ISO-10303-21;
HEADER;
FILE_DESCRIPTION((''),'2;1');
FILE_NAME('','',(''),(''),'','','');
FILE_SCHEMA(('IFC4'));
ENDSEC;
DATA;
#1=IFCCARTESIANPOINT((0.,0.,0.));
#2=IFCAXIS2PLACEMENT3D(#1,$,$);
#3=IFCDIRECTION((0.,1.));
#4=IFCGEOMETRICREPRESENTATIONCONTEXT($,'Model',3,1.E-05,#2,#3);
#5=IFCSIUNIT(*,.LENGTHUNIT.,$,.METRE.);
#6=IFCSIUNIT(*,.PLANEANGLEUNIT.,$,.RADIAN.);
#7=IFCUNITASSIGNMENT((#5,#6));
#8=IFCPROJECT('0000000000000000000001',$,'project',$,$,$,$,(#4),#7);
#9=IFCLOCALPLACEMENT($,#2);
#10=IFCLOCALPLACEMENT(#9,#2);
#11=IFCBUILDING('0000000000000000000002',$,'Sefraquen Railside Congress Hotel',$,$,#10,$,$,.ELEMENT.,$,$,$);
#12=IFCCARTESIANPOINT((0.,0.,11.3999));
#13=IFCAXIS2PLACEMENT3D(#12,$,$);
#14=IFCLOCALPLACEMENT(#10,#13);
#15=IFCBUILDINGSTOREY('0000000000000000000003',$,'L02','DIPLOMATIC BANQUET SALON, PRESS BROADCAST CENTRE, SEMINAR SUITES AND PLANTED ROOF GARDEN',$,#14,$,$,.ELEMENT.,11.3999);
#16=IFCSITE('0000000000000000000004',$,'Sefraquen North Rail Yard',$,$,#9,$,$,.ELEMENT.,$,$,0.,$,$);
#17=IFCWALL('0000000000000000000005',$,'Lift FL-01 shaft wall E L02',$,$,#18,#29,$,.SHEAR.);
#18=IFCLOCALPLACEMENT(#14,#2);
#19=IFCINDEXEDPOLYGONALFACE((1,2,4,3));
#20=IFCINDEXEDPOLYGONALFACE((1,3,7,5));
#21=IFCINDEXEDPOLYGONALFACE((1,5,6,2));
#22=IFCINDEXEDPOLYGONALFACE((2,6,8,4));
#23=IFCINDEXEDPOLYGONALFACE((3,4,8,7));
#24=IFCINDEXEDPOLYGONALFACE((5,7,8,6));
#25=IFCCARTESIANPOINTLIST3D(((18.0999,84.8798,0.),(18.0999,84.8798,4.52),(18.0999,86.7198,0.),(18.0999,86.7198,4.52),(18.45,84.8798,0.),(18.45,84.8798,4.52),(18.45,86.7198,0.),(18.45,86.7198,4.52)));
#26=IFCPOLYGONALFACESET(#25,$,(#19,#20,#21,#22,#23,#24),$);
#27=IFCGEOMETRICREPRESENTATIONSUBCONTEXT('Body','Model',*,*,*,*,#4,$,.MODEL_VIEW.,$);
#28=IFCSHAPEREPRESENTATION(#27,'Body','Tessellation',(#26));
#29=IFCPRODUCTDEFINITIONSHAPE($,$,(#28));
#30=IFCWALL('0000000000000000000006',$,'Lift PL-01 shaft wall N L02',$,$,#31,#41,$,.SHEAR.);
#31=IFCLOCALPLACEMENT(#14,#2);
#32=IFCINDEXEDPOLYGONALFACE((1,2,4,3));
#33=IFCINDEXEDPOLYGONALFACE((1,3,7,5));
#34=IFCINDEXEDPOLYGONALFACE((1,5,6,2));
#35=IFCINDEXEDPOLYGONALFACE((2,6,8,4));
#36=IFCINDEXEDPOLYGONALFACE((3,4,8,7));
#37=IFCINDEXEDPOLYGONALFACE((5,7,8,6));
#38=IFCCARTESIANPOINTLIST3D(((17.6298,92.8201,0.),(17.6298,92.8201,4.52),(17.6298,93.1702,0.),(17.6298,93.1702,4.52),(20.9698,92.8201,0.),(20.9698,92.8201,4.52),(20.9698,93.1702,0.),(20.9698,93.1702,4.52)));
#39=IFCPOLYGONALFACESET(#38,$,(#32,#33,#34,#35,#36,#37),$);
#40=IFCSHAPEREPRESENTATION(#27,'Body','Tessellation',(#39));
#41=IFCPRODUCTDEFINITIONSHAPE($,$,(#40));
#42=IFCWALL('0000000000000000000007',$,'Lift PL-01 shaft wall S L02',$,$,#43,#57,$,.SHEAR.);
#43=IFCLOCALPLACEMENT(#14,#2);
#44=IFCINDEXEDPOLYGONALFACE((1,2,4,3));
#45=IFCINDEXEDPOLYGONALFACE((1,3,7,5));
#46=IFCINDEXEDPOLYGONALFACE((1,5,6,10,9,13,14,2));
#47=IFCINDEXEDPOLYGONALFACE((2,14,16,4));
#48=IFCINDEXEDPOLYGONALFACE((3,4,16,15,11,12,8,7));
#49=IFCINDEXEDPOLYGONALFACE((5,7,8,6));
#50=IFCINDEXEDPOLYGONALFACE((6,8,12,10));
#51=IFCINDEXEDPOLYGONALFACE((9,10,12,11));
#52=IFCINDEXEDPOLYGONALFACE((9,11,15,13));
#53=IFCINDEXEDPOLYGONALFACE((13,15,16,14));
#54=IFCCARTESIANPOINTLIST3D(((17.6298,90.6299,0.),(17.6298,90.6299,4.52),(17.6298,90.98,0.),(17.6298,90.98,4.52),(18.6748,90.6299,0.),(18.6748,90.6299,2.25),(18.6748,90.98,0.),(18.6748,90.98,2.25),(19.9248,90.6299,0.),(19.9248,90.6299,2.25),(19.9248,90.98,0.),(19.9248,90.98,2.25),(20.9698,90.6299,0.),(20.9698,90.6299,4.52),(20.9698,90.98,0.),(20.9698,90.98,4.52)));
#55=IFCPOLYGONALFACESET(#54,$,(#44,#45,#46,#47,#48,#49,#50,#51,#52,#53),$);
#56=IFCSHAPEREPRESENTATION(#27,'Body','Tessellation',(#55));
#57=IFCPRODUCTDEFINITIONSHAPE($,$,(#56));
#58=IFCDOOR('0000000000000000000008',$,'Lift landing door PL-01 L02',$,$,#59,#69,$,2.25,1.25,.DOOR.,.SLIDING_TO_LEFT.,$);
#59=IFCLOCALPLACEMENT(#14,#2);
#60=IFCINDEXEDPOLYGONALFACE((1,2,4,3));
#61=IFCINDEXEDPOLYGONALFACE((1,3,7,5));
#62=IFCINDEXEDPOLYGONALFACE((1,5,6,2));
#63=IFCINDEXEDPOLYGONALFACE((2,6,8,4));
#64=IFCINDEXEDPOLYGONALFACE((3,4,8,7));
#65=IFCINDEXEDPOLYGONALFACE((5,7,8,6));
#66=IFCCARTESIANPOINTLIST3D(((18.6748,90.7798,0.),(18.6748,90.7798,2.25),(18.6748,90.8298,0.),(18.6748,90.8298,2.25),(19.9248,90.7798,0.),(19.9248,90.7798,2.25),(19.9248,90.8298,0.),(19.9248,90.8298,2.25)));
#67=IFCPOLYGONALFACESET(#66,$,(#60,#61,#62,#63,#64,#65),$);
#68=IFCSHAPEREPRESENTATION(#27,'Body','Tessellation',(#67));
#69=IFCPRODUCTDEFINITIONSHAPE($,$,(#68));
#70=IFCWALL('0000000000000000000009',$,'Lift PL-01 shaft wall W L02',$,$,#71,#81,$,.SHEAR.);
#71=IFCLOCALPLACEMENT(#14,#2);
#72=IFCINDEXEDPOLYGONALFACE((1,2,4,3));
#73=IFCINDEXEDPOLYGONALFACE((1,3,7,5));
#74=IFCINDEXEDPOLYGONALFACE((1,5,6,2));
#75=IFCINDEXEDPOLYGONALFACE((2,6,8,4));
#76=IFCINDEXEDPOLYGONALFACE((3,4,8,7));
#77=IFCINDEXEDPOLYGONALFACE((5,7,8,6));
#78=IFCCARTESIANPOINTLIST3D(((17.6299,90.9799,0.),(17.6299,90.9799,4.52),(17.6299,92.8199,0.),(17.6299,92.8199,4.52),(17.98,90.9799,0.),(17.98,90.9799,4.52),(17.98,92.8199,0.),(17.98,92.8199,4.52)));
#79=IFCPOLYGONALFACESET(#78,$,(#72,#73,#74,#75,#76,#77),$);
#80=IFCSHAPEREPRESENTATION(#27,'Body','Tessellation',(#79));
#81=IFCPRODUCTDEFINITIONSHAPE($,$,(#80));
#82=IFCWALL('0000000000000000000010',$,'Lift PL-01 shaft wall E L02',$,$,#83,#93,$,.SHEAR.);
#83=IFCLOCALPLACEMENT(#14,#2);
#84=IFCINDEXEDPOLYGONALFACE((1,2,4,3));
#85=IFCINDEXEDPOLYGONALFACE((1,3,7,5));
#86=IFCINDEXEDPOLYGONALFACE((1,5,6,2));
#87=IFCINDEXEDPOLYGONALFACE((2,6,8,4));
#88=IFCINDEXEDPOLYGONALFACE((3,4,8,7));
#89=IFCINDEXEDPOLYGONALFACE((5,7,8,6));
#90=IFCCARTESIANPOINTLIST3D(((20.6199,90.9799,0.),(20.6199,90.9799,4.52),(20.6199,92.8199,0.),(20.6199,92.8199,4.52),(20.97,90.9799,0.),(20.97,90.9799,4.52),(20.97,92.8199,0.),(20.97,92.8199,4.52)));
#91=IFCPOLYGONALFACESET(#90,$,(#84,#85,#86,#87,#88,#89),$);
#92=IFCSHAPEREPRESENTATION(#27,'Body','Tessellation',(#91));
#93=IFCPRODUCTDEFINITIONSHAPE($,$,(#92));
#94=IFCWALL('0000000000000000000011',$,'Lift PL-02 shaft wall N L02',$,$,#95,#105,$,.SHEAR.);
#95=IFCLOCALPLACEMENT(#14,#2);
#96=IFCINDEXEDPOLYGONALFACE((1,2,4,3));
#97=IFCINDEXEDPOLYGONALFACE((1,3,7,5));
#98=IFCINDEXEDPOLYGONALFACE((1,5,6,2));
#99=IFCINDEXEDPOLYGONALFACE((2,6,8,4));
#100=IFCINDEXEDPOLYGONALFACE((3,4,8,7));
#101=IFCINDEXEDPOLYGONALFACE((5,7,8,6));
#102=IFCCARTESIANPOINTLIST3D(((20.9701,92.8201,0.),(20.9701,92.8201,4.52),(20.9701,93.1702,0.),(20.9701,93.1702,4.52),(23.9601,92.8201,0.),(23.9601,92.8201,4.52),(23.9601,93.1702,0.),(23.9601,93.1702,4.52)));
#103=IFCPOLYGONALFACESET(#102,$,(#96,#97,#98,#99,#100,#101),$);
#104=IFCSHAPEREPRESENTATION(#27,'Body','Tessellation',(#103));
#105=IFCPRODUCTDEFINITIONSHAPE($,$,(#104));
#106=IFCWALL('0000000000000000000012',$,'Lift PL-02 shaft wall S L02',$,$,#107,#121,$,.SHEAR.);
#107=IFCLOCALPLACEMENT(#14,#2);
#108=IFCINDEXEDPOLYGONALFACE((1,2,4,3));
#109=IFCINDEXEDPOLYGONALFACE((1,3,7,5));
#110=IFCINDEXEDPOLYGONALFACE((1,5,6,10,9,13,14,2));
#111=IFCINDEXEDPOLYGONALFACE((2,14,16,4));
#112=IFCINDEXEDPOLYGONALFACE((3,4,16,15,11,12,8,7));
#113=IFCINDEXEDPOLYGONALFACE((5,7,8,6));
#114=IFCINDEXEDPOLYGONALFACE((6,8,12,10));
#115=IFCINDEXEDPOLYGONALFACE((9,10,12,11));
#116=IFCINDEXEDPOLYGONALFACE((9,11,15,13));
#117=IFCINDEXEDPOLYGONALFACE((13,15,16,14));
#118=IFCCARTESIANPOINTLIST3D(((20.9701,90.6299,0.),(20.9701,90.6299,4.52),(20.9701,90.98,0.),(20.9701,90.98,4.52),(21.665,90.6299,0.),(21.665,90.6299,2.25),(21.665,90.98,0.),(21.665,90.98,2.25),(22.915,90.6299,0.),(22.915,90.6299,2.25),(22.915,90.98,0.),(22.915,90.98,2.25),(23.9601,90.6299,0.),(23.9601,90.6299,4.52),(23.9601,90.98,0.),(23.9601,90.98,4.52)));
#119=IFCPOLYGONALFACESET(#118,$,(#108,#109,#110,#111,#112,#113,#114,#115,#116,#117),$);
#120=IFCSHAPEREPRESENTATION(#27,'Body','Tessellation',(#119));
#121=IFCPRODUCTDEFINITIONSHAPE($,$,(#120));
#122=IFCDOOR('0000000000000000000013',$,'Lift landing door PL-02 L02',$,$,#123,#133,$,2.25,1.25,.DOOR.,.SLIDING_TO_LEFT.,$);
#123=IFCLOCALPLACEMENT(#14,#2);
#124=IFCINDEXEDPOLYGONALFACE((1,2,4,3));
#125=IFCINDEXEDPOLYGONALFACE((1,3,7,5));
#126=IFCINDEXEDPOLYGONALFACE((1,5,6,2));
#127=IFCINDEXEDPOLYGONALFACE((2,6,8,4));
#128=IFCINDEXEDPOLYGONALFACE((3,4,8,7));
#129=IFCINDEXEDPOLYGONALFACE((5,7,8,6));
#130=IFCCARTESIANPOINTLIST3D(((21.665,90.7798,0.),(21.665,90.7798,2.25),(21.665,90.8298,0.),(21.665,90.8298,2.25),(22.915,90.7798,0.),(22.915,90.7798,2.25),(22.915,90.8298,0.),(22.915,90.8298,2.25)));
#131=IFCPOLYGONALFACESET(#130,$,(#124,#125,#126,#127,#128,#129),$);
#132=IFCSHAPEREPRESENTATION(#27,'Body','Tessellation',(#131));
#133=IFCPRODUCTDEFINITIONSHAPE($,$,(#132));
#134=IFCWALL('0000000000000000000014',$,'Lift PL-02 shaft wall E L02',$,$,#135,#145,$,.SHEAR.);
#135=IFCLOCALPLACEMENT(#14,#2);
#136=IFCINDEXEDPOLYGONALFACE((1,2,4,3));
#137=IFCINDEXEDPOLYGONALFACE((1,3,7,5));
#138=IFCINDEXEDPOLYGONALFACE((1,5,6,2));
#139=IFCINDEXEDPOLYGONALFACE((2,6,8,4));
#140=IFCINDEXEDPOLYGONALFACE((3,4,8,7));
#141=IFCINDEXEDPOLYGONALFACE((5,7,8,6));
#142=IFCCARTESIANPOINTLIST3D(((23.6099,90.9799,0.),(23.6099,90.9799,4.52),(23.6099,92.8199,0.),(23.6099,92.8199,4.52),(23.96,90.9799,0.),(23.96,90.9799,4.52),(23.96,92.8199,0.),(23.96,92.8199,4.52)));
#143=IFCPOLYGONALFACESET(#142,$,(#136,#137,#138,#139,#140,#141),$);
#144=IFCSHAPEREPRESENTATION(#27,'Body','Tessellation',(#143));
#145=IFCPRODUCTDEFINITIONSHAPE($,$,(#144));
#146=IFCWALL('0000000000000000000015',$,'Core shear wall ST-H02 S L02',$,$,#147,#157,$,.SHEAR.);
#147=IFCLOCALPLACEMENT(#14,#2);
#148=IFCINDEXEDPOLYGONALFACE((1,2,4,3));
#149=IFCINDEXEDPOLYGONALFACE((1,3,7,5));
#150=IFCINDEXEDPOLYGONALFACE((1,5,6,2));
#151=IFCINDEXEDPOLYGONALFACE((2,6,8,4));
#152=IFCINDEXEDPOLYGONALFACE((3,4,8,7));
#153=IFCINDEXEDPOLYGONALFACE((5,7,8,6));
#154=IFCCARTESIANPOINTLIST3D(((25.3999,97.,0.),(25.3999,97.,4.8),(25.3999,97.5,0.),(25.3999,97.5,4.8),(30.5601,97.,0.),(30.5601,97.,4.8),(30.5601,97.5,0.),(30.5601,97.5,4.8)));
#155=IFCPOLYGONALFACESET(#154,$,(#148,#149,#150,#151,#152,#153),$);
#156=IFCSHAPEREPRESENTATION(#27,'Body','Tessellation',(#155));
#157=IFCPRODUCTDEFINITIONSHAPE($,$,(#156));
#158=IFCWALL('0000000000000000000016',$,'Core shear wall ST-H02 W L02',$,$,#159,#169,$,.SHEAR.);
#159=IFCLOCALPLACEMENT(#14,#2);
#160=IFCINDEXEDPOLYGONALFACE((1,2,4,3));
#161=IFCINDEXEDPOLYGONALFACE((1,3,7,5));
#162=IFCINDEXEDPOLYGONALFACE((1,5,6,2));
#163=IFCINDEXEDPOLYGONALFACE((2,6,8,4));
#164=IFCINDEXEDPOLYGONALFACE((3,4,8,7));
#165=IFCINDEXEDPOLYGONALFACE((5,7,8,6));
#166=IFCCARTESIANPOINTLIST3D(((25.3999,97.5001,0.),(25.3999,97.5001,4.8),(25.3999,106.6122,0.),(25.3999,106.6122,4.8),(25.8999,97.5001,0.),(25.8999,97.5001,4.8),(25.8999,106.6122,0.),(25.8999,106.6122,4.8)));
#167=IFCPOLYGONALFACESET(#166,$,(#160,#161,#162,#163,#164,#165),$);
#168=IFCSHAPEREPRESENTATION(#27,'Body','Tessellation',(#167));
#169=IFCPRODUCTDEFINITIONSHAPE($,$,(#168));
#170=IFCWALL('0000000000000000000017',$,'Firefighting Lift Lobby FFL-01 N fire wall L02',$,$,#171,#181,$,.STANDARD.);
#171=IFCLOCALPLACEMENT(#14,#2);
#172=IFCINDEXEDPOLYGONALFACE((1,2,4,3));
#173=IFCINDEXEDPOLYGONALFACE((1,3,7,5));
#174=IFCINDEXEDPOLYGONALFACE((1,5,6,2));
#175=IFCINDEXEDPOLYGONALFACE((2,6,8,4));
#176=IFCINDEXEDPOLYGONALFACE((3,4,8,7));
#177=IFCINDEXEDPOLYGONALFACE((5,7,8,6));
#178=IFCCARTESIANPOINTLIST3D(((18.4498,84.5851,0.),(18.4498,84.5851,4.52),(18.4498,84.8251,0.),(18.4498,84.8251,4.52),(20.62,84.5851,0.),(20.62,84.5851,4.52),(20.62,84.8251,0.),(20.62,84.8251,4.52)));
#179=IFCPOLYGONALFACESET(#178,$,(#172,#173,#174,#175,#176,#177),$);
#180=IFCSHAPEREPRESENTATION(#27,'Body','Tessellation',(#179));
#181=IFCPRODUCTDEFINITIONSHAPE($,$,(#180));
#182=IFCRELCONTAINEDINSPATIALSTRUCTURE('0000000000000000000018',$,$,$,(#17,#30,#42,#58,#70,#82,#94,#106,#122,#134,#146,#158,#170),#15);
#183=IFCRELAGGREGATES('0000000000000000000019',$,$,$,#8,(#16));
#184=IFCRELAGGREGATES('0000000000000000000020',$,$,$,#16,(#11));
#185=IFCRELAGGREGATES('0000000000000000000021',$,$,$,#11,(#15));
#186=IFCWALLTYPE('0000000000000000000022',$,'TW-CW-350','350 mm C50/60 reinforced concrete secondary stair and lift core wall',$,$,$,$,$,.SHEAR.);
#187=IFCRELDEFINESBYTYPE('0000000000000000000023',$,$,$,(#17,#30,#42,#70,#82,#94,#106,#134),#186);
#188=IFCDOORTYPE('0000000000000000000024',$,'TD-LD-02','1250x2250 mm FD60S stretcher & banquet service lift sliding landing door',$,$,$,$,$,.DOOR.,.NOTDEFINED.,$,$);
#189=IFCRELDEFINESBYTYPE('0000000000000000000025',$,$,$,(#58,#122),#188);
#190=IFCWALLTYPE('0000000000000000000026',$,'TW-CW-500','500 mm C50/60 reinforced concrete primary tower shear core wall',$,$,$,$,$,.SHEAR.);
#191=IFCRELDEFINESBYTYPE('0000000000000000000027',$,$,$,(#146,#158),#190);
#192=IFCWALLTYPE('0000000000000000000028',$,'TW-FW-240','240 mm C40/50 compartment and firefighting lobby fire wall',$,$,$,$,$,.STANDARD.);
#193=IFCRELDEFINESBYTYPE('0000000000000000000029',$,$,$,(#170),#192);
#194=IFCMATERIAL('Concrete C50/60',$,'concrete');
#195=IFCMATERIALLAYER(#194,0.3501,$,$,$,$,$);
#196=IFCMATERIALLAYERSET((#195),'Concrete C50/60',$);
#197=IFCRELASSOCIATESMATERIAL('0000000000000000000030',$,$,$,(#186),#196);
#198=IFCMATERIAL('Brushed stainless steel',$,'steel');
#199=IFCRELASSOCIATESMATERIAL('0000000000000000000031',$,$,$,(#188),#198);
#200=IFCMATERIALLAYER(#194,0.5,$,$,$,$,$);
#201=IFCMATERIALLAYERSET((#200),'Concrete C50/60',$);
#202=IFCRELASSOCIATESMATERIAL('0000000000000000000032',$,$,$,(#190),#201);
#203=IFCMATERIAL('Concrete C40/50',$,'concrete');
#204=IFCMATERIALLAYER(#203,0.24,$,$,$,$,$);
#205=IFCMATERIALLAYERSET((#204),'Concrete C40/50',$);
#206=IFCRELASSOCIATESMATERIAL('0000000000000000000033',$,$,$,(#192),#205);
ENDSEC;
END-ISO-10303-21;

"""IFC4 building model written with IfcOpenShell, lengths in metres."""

from ifc_helpers import new_model, si_unit, direction, frame, frame_2d, origin, place, context, subcontext, project, spatial, rectangle, extrude, material, layer, layer_set, type_object, element, fill, save


model = new_model("IFC4")

# Units and contexts
model_context = context("Model", 3, precision=1e-05, world=origin(), true_north=direction((0.0, 1.0)))
body_context = subcontext(model_context, "Body", "Model", "MODEL_VIEW")
ifc_project = project(units=[si_unit("LENGTHUNIT", "METRE"), si_unit("PLANEANGLEUNIT", "RADIAN")], contexts=[model_context])

# Site, building, storey
site_placement = place(None, origin())
site = spatial("IfcSite", under=ifc_project, at=site_placement, Name="Sefraquen North Rail Yard", CompositionType="ELEMENT", RefElevation=0.0)
building_placement = place(site_placement, origin())
building = spatial("IfcBuilding", under=site, at=building_placement, Name="Sefraquen Railside Congress Hotel", CompositionType="ELEMENT")
storey_placement = place(building_placement, frame((0.0, 0.0, 11.3999)))
storey = spatial("IfcBuildingStorey", under=building, at=storey_placement, Name="L02", Description="DIPLOMATIC BANQUET SALON, PRESS BROADCAST CENTRE, SEMINAR SUITES AND PLANTED ROOF GARDEN", CompositionType="ELEMENT", Elevation=11.3999)

# Shared definitions
ifc_material_1 = material(Name="Concrete C50/60", Category="concrete")
ifc_layer_1 = layer(ifc_material_1, 0.3501)
ifc_layer_set_1 = layer_set([ifc_layer_1], Name="Concrete C50/60")
wall_type_1 = type_object("IfcWallType", Name="TW-CW-350", Description="350 mm C50/60 reinforced concrete secondary stair and lift core wall", PredefinedType="SHEAR", material=ifc_layer_set_1)

# Walls
wall_1_placement = place(storey_placement, frame((18.2749, 84.8799, 0.0), z_axis=(0.0, 0.0, 1.0), x_axis=(0.0, 1.0, 0.0)))
element("IfcWall", 1, at=wall_1_placement, inside=storey, type_object=wall_type_1, Name="Lift FL-01 shaft wall E L02", PredefinedType="SHEAR", context=body_context, shape_type="SweptSolid", body=[
    extrude(rectangle(XDim=1.8401, YDim=0.3501, at=frame_2d((0.9199, 0.0))), origin(), (0.0, 0.0, 1.0), 4.52),
])
wall_2_placement = place(storey_placement, frame((17.6299, 92.9951, 0.0), z_axis=(0.0, 0.0, 1.0), x_axis=(1.0, 0.0, 0.0)))
element("IfcWall", 2, at=wall_2_placement, inside=storey, type_object=wall_type_1, Name="Lift PL-01 shaft wall N L02", PredefinedType="SHEAR", context=body_context, shape_type="SweptSolid", body=[
    extrude(rectangle(XDim=3.3401, YDim=0.3501, at=frame_2d((1.6699, 0.0))), origin(), (0.0, 0.0, 1.0), 4.52),
])

# Wall, opening, door
wall_3_placement = place(storey_placement, frame((17.6299, 90.8049, 0.0), z_axis=(0.0, 0.0, 1.0), x_axis=(1.0, 0.0, 0.0)))
wall_3 = element("IfcWall", 3, at=wall_3_placement, inside=storey, type_object=wall_type_1, Name="Lift PL-01 shaft wall S L02", PredefinedType="SHEAR", context=body_context, shape_type="SweptSolid", body=[
    extrude(rectangle(XDim=3.3401, YDim=0.3501, at=frame_2d((1.6699, 0.0))), origin(), (0.0, 0.0, 1.0), 4.52),
])
opening_1_placement = place(wall_3_placement, frame((1.0449, 0.0, 0.0)))
opening_1 = element("IfcOpeningElement", 4, at=opening_1_placement, cuts=wall_3, PredefinedType="OPENING", context=body_context, shape_type="SweptSolid", body=[
    extrude(rectangle(XDim=1.25, YDim=2.25, at=frame_2d((0.625, 1.125))), frame((0.0, 0.1851, 0.0), z_axis=(0.0, -1.0, 0.0), x_axis=(1.0, 0.0, 0.0)), (0.0, 0.0, 1.0), 0.3701),
])
ifc_material_2 = material(Name="Brushed stainless steel", Category="steel")
door_type_1 = type_object("IfcDoorType", Name="TD-LD-02", Description="1250x2250 mm FD60S stretcher & banquet service lift sliding landing door", OperationType="NOTDEFINED", PredefinedType="DOOR", material=ifc_material_2)
door_1_placement = place(opening_1_placement, origin())
door_1 = element("IfcDoor", 5, at=door_1_placement, inside=storey, type_object=door_type_1, Name="Lift landing door PL-01 L02", OperationType="SLIDING_TO_LEFT", OverallHeight=2.25, OverallWidth=1.25, PredefinedType="DOOR", context=body_context, shape_type="SweptSolid", body=[
    extrude(rectangle(XDim=1.25, YDim=2.25, at=frame_2d((0.625, 1.125))), frame((0.0, 0.0249, 0.0), z_axis=(0.0, -1.0, 0.0), x_axis=(1.0, 0.0, 0.0)), (0.0, 0.0, 1.0), 0.05),
])
fill(opening_1, door_1)

# Walls
for number, where, z_axis, x_axis, name in (
    (6, (17.8049, 90.98, 0.0), (0.0, 0.0, 1.0), (0.0, 1.0, 0.0), "Lift PL-01 shaft wall W L02"),
    (7, (20.7949, 90.98, 0.0), (0.0, 0.0, 1.0), (0.0, 1.0, 0.0), "Lift PL-01 shaft wall E L02"),
):
    element("IfcWall", number, at=place(storey_placement, frame(where, z_axis=z_axis, x_axis=x_axis)), inside=storey, type_object=wall_type_1, Name=name, PredefinedType="SHEAR", context=body_context, shape_type="SweptSolid", body=[
        extrude(rectangle(XDim=1.8401, YDim=0.3501, at=frame_2d((0.9199, 0.0))), origin(), (0.0, 0.0, 1.0), 4.52),
    ])
wall_4_placement = place(storey_placement, frame((20.97, 92.9951, 0.0), z_axis=(0.0, 0.0, 1.0), x_axis=(1.0, 0.0, 0.0)))
element("IfcWall", 8, at=wall_4_placement, inside=storey, type_object=wall_type_1, Name="Lift PL-02 shaft wall N L02", PredefinedType="SHEAR", context=body_context, shape_type="SweptSolid", body=[
    extrude(rectangle(XDim=2.99, YDim=0.3501, at=frame_2d((1.4951, 0.0))), origin(), (0.0, 0.0, 1.0), 4.52),
])

# Wall, opening, door
wall_5_placement = place(storey_placement, frame((20.97, 90.8049, 0.0), z_axis=(0.0, 0.0, 1.0), x_axis=(1.0, 0.0, 0.0)))
wall_5 = element("IfcWall", 9, at=wall_5_placement, inside=storey, type_object=wall_type_1, Name="Lift PL-02 shaft wall S L02", PredefinedType="SHEAR", context=body_context, shape_type="SweptSolid", body=[
    extrude(rectangle(XDim=2.99, YDim=0.3501, at=frame_2d((1.4951, 0.0))), origin(), (0.0, 0.0, 1.0), 4.52),
])
opening_2_placement = place(wall_5_placement, frame((0.6951, 0.0, 0.0)))
opening_2 = element("IfcOpeningElement", 10, at=opening_2_placement, cuts=wall_5, PredefinedType="OPENING", context=body_context, shape_type="SweptSolid", body=[
    extrude(rectangle(XDim=1.25, YDim=2.25, at=frame_2d((0.625, 1.125))), frame((0.0, 0.1851, 0.0), z_axis=(0.0, -1.0, 0.0), x_axis=(1.0, 0.0, 0.0)), (0.0, 0.0, 1.0), 0.3701),
])
door_2_placement = place(opening_2_placement, origin())
door_2 = element("IfcDoor", 11, at=door_2_placement, inside=storey, type_object=door_type_1, Name="Lift landing door PL-02 L02", OperationType="SLIDING_TO_LEFT", OverallHeight=2.25, OverallWidth=1.25, PredefinedType="DOOR", context=body_context, shape_type="SweptSolid", body=[
    extrude(rectangle(XDim=1.25, YDim=2.25, at=frame_2d((0.625, 1.125))), frame((0.0, 0.0249, 0.0), z_axis=(0.0, -1.0, 0.0), x_axis=(1.0, 0.0, 0.0)), (0.0, 0.0, 1.0), 0.05),
])
fill(opening_2, door_2)

# Walls
wall_6_placement = place(storey_placement, frame((23.7849, 90.98, 0.0), z_axis=(0.0, 0.0, 1.0), x_axis=(0.0, 1.0, 0.0)))
element("IfcWall", 12, at=wall_6_placement, inside=storey, type_object=wall_type_1, Name="Lift PL-02 shaft wall E L02", PredefinedType="SHEAR", context=body_context, shape_type="SweptSolid", body=[
    extrude(rectangle(XDim=1.8401, YDim=0.3501, at=frame_2d((0.9199, 0.0))), origin(), (0.0, 0.0, 1.0), 4.52),
])
ifc_layer_2 = layer(ifc_material_1, 0.5)
ifc_layer_set_2 = layer_set([ifc_layer_2], Name="Concrete C50/60")
wall_type_2 = type_object("IfcWallType", Name="TW-CW-500", Description="500 mm C50/60 reinforced concrete primary tower shear core wall", PredefinedType="SHEAR", material=ifc_layer_set_2)
wall_7_placement = place(storey_placement, frame((25.3999, 97.25, 0.0), z_axis=(0.0, 0.0, 1.0), x_axis=(1.0, 0.0, 0.0)))
element("IfcWall", 13, at=wall_7_placement, inside=storey, type_object=wall_type_2, Name="Core shear wall ST-H02 S L02", PredefinedType="SHEAR", context=body_context, shape_type="SweptSolid", body=[
    extrude(rectangle(XDim=5.1602, YDim=0.5, at=frame_2d((2.5801, 0.0))), origin(), (0.0, 0.0, 1.0), 4.8),
])
wall_8_placement = place(storey_placement, frame((25.6499, 97.5, 0.0), z_axis=(0.0, 0.0, 1.0), x_axis=(0.0, 1.0, 0.0)))
element("IfcWall", 14, at=wall_8_placement, inside=storey, type_object=wall_type_2, Name="Core shear wall ST-H02 W L02", PredefinedType="SHEAR", context=body_context, shape_type="SweptSolid", body=[
    extrude(rectangle(XDim=9.1121, YDim=0.5, at=frame_2d((4.5562, 0.0))), origin(), (0.0, 0.0, 1.0), 4.8),
])
ifc_material_3 = material(Name="Concrete C40/50", Category="concrete")
ifc_layer_3 = layer(ifc_material_3, 0.24)
ifc_layer_set_3 = layer_set([ifc_layer_3], Name="Concrete C40/50")
wall_type_3 = type_object("IfcWallType", Name="TW-FW-240", Description="240 mm C40/50 compartment and firefighting lobby fire wall", PredefinedType="STANDARD", material=ifc_layer_set_3)
wall_9_placement = place(storey_placement, frame((18.45, 84.7051, 0.0), z_axis=(0.0, 0.0, 1.0), x_axis=(1.0, 0.0, 0.0)))
element("IfcWall", 15, at=wall_9_placement, inside=storey, type_object=wall_type_3, Name="Firefighting Lift Lobby FFL-01 N fire wall L02", PredefinedType="STANDARD", context=body_context, shape_type="SweptSolid", body=[
    extrude(rectangle(XDim=2.1702, YDim=0.24, at=frame_2d((1.085, 0.0))), origin(), (0.0, 0.0, 1.0), 4.52),
])

save(model, "model.ifc")
